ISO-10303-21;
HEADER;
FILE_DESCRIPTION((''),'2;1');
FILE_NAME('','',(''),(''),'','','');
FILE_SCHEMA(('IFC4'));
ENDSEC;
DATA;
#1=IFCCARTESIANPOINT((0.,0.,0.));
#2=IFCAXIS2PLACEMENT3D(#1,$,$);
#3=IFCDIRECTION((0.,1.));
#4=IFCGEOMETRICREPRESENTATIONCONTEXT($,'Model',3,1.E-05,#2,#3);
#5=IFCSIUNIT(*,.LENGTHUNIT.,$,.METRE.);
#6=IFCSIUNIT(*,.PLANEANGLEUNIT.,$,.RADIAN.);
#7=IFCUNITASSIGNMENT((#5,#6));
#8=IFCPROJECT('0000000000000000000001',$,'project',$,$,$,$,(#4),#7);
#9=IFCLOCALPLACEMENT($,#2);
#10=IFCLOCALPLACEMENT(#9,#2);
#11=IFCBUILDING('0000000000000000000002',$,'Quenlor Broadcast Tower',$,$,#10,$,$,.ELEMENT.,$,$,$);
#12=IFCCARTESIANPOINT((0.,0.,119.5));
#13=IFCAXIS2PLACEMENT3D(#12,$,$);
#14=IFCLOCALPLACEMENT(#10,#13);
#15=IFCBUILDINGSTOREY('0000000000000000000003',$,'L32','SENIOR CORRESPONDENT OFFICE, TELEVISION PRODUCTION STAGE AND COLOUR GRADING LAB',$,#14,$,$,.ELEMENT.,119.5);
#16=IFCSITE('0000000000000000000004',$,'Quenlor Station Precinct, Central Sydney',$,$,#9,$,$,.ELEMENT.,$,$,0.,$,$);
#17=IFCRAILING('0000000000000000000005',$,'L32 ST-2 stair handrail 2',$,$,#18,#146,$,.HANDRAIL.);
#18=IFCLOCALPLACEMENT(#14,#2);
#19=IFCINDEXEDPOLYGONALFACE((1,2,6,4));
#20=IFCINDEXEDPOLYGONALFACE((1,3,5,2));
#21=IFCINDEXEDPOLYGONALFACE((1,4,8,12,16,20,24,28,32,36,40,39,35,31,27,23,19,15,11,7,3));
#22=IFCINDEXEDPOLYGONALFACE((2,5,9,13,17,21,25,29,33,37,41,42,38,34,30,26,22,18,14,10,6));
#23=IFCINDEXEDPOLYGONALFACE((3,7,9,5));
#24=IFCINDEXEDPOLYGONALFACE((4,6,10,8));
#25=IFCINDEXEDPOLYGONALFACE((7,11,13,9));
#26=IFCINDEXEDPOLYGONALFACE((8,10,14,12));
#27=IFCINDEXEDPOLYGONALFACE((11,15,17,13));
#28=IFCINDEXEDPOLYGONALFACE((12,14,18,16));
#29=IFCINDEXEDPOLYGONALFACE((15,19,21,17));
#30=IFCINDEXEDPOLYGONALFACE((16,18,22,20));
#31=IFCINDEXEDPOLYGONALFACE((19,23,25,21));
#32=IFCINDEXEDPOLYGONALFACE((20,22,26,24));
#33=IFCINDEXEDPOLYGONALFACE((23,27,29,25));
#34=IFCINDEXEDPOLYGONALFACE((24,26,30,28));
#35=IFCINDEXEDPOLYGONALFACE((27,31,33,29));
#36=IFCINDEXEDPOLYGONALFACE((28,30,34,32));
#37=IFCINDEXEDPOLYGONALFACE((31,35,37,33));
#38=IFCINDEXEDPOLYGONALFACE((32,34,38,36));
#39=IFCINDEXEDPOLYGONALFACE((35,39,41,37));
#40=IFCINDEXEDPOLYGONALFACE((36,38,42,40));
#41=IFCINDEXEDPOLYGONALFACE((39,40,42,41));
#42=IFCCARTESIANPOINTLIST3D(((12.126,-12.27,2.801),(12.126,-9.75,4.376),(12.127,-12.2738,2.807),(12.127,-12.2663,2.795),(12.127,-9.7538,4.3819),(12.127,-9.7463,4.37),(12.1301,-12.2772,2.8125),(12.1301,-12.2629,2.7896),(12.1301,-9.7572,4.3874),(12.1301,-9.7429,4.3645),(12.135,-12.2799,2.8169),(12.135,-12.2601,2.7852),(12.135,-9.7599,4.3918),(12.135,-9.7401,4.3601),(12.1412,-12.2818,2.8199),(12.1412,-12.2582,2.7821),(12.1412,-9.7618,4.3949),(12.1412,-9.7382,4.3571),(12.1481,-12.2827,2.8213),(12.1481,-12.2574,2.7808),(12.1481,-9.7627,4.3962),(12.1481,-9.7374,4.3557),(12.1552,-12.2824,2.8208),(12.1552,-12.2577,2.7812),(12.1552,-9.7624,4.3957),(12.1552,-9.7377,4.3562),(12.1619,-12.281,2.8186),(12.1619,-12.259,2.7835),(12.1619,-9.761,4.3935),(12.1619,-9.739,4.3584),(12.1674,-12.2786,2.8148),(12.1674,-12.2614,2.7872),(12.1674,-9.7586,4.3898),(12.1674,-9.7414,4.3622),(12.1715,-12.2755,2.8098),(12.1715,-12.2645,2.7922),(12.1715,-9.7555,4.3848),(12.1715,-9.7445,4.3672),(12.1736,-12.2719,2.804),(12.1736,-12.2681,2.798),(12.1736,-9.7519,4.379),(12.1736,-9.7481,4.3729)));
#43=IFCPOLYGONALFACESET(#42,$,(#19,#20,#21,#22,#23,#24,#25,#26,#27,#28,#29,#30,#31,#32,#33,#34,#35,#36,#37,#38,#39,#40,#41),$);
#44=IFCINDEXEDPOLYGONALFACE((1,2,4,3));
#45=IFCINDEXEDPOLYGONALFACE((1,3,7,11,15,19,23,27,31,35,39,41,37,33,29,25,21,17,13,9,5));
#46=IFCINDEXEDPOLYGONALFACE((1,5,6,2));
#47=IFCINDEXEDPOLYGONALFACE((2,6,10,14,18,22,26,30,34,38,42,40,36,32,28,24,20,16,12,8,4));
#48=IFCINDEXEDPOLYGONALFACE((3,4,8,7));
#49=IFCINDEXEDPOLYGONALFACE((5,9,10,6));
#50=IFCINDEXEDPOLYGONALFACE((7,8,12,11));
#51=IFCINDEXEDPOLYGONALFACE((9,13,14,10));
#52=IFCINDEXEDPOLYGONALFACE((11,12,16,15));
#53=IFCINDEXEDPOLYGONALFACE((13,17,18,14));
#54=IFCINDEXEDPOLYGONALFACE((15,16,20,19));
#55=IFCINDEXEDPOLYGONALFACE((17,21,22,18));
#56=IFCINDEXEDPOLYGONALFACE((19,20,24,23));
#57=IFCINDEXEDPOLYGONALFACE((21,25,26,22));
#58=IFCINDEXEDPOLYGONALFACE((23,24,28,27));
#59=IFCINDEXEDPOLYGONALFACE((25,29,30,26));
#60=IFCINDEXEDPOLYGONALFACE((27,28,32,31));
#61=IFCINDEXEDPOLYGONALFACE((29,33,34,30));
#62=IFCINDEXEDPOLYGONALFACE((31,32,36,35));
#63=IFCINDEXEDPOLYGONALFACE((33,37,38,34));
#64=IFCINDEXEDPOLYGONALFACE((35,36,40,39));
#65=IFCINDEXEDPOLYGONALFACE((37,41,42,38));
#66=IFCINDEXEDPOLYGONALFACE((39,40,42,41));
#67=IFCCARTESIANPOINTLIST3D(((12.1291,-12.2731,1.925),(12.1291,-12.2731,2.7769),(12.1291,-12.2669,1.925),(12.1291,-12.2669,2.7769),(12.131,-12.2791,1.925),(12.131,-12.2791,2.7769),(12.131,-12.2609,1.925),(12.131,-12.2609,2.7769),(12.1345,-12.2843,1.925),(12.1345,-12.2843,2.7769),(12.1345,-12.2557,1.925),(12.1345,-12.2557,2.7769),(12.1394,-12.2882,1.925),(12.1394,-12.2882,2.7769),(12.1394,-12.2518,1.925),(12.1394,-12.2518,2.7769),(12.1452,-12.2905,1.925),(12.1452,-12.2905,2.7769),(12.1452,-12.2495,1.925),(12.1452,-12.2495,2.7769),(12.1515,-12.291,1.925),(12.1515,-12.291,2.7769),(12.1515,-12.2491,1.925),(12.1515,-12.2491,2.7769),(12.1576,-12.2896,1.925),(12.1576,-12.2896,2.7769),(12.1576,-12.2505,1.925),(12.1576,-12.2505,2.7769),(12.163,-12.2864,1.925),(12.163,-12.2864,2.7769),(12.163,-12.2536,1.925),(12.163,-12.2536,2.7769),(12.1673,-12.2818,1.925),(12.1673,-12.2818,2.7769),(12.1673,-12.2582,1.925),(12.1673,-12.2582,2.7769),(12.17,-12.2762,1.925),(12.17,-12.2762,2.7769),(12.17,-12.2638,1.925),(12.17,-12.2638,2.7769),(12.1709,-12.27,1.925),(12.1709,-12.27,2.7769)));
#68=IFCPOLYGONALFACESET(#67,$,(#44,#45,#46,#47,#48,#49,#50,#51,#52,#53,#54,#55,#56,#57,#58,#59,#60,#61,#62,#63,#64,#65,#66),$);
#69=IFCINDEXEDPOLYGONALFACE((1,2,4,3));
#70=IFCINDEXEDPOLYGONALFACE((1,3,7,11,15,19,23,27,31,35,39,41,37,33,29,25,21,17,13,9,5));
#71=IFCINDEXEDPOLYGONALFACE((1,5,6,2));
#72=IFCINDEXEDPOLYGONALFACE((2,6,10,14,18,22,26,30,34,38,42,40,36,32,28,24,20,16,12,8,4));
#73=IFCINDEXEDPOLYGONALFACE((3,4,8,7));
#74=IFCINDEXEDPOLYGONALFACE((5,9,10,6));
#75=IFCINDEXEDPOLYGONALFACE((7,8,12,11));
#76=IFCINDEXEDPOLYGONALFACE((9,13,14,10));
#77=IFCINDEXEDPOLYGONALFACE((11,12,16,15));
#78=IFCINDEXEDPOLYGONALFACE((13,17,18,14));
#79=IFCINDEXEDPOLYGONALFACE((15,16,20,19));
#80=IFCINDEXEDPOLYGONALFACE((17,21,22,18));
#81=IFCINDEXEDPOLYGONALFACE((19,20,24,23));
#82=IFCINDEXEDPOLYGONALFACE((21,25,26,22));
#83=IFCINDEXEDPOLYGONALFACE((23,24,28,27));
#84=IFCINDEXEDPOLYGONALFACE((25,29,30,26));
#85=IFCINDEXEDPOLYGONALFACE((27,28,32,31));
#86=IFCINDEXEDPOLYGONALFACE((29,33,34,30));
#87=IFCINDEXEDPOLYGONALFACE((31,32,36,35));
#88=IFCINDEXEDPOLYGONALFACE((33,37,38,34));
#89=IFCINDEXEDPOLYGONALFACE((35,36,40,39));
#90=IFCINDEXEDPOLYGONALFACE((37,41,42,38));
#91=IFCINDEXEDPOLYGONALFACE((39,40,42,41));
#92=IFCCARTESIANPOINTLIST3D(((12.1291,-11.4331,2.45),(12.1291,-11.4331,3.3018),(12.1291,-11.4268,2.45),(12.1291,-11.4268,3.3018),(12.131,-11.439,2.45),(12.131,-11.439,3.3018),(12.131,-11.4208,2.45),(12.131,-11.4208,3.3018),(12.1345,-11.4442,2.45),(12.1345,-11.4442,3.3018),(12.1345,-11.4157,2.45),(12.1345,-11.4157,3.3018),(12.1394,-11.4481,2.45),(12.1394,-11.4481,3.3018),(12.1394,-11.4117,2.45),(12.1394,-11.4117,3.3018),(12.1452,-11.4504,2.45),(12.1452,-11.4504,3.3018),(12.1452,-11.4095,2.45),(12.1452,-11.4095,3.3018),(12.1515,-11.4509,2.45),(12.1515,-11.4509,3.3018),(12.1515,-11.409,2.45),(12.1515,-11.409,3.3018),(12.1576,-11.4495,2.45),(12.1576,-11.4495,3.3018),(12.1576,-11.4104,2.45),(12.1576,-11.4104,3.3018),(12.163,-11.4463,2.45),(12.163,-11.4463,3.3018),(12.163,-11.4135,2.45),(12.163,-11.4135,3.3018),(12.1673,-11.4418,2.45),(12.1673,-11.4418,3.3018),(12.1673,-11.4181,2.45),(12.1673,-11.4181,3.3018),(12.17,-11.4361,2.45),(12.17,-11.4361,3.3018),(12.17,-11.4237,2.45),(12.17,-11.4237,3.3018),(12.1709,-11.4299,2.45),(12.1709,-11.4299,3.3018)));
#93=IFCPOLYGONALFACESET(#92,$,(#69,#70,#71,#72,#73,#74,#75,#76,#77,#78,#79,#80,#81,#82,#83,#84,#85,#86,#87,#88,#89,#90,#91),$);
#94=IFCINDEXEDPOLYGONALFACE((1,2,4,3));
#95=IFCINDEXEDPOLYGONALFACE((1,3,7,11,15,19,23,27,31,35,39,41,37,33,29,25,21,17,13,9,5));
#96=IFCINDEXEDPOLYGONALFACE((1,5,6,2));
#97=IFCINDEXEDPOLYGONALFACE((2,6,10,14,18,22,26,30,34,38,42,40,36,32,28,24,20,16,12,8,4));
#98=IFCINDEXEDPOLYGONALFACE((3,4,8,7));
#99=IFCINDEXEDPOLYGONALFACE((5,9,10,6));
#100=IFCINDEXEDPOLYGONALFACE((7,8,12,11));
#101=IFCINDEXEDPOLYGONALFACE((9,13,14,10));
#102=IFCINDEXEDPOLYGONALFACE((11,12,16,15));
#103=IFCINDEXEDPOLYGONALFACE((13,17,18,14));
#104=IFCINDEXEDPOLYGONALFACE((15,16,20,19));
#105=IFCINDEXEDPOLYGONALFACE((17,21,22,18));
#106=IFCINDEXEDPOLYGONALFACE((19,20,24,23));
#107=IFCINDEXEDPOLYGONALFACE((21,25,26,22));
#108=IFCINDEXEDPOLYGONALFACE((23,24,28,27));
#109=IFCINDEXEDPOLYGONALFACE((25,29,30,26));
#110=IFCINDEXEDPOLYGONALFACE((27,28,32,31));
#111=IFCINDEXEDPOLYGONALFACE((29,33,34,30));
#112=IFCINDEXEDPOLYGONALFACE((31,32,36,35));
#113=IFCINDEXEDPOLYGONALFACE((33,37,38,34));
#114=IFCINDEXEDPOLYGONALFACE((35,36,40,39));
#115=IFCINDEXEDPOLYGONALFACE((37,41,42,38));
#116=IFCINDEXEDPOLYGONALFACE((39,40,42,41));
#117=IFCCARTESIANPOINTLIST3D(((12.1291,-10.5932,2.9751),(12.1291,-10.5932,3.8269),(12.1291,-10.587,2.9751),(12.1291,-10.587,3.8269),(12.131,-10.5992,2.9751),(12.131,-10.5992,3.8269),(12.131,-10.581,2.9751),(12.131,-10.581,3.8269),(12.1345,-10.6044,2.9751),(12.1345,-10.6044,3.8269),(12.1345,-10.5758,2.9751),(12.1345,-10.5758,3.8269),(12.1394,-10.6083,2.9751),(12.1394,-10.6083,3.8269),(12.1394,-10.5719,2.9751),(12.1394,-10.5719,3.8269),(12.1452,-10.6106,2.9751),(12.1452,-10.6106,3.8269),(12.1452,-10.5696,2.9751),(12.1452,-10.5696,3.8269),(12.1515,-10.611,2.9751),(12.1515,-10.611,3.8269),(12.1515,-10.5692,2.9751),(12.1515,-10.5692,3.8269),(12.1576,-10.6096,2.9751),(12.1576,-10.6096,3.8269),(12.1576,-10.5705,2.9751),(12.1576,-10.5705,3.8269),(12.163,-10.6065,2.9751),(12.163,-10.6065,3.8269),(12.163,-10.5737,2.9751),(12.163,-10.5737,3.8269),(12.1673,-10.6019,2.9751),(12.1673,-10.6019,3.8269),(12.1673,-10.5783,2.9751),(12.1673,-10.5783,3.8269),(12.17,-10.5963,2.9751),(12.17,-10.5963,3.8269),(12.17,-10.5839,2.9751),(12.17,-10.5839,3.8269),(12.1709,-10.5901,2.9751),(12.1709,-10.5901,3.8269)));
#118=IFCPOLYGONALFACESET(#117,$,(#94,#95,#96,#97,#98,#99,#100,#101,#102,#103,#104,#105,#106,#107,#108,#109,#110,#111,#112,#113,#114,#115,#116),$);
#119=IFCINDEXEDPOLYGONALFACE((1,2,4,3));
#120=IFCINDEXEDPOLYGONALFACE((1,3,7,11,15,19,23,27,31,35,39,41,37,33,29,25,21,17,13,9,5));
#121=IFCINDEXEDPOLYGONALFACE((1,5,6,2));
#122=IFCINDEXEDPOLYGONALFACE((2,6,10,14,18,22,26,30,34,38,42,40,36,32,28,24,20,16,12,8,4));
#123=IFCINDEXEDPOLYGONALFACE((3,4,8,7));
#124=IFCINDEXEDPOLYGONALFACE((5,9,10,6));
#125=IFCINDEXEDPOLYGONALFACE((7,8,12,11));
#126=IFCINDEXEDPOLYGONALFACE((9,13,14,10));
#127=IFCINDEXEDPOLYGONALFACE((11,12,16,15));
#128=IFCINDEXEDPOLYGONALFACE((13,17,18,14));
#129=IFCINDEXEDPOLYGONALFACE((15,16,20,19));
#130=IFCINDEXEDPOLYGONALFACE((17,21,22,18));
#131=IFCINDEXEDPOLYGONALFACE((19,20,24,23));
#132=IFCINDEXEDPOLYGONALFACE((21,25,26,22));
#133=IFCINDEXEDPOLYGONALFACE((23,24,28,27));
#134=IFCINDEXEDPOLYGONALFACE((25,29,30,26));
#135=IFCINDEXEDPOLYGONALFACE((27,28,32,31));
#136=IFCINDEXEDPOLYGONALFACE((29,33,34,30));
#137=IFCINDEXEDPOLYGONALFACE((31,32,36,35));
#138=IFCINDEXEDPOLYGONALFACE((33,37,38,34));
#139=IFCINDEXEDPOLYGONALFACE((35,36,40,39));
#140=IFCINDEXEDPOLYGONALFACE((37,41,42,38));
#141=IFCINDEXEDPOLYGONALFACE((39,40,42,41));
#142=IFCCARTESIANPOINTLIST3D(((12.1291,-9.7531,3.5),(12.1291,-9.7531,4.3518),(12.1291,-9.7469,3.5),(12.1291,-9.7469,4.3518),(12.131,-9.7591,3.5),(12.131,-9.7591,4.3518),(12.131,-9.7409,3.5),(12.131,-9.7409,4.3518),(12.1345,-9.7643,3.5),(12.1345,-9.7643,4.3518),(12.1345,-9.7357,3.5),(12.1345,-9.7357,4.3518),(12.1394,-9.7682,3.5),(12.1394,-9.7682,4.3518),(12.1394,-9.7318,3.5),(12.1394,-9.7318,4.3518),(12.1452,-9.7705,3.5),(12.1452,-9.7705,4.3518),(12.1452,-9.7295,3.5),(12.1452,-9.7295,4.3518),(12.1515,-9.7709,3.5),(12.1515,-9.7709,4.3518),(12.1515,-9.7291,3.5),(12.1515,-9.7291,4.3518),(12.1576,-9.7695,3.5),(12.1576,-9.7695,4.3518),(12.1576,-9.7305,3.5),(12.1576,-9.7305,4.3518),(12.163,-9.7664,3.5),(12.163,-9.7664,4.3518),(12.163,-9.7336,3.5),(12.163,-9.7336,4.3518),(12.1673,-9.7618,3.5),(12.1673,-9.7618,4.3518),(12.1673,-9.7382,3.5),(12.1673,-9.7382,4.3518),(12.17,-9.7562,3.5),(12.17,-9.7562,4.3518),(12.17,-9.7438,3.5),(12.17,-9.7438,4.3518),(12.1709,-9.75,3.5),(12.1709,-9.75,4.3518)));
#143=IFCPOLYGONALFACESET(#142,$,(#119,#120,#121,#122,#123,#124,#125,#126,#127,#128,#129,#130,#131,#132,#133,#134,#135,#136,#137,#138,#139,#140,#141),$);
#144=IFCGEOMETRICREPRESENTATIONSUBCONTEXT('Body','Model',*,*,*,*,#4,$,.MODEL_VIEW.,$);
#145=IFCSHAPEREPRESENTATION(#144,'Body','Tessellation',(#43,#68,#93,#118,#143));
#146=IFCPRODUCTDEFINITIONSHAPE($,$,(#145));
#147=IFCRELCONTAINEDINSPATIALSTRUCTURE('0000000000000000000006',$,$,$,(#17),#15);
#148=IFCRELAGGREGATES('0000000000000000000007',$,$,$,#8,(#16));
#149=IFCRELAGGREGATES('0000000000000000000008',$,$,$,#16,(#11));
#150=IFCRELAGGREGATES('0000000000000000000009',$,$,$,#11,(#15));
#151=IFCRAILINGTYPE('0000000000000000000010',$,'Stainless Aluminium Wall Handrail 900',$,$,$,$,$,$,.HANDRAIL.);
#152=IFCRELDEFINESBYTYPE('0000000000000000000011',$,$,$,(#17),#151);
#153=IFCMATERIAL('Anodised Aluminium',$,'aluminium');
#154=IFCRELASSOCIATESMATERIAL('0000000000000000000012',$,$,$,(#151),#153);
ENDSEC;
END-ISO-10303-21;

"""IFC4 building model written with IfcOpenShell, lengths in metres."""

from ifc_helpers import new_model, si_unit, direction, frame, origin, origin_2d, place, context, subcontext, project, spatial, circle, extrude, material, type_object, element, save


model = new_model("IFC4")

# Units and contexts
model_context = context("Model", 3, precision=1e-05, world=origin(), true_north=direction((0.0, 1.0)))
body_context = subcontext(model_context, "Body", "Model", "MODEL_VIEW")
ifc_project = project(units=[si_unit("LENGTHUNIT", "METRE"), si_unit("PLANEANGLEUNIT", "RADIAN")], contexts=[model_context])

# Site, building, storey
site_placement = place(None, origin())
site = spatial("IfcSite", under=ifc_project, at=site_placement, Name="Quenlor Station Precinct, Central Sydney", CompositionType="ELEMENT", RefElevation=0.0)
building_placement = place(site_placement, origin())
building = spatial("IfcBuilding", under=site, at=building_placement, Name="Quenlor Broadcast Tower", CompositionType="ELEMENT")
storey_placement = place(building_placement, frame((0.0, 0.0, 119.5)))
storey = spatial("IfcBuildingStorey", under=building, at=storey_placement, Name="L32", Description="SENIOR CORRESPONDENT OFFICE, TELEVISION PRODUCTION STAGE AND COLOUR GRADING LAB", CompositionType="ELEMENT", Elevation=119.5)

# Railing
ifc_material_1 = material(Name="Anodised Aluminium", Category="aluminium")
railing_type_1 = type_object("IfcRailingType", Name="Stainless Aluminium Wall Handrail 900", PredefinedType="HANDRAIL", material=ifc_material_1)
railing_1_placement = place(storey_placement, frame((12.1499, -12.27, 1.925)))
element("IfcRailing", 1, at=railing_1_placement, inside=storey, type_object=railing_type_1, Name="L32 ST-2 stair handrail 2", PredefinedType="HANDRAIL", context=body_context, shape_type="SweptSolid", body=[
    extrude(circle(Radius=0.0239, at=origin_2d()), frame((0.0, 0.0, 0.876), z_axis=(0.0, 0.848008, 0.529984), x_axis=(-1.0, 0.0, 0.0)), (0.0, 0.0, 1.0), 2.9717),
    extrude(circle(Radius=0.021, at=origin_2d()), origin(), (0.0, 0.0, 1.0), 0.8518),
    extrude(circle(Radius=0.021, at=origin_2d()), frame((0.0, 0.8401, 0.5249)), (0.0, 0.0, 1.0), 0.8518),
    extrude(circle(Radius=0.021, at=origin_2d()), frame((0.0, 1.6799, 1.05)), (0.0, 0.0, 1.0), 0.8518),
    extrude(circle(Radius=0.021, at=origin_2d()), frame((0.0, 2.52, 1.575)), (0.0, 0.0, 1.0), 0.8518),
])

save(model, "model.ifc")
